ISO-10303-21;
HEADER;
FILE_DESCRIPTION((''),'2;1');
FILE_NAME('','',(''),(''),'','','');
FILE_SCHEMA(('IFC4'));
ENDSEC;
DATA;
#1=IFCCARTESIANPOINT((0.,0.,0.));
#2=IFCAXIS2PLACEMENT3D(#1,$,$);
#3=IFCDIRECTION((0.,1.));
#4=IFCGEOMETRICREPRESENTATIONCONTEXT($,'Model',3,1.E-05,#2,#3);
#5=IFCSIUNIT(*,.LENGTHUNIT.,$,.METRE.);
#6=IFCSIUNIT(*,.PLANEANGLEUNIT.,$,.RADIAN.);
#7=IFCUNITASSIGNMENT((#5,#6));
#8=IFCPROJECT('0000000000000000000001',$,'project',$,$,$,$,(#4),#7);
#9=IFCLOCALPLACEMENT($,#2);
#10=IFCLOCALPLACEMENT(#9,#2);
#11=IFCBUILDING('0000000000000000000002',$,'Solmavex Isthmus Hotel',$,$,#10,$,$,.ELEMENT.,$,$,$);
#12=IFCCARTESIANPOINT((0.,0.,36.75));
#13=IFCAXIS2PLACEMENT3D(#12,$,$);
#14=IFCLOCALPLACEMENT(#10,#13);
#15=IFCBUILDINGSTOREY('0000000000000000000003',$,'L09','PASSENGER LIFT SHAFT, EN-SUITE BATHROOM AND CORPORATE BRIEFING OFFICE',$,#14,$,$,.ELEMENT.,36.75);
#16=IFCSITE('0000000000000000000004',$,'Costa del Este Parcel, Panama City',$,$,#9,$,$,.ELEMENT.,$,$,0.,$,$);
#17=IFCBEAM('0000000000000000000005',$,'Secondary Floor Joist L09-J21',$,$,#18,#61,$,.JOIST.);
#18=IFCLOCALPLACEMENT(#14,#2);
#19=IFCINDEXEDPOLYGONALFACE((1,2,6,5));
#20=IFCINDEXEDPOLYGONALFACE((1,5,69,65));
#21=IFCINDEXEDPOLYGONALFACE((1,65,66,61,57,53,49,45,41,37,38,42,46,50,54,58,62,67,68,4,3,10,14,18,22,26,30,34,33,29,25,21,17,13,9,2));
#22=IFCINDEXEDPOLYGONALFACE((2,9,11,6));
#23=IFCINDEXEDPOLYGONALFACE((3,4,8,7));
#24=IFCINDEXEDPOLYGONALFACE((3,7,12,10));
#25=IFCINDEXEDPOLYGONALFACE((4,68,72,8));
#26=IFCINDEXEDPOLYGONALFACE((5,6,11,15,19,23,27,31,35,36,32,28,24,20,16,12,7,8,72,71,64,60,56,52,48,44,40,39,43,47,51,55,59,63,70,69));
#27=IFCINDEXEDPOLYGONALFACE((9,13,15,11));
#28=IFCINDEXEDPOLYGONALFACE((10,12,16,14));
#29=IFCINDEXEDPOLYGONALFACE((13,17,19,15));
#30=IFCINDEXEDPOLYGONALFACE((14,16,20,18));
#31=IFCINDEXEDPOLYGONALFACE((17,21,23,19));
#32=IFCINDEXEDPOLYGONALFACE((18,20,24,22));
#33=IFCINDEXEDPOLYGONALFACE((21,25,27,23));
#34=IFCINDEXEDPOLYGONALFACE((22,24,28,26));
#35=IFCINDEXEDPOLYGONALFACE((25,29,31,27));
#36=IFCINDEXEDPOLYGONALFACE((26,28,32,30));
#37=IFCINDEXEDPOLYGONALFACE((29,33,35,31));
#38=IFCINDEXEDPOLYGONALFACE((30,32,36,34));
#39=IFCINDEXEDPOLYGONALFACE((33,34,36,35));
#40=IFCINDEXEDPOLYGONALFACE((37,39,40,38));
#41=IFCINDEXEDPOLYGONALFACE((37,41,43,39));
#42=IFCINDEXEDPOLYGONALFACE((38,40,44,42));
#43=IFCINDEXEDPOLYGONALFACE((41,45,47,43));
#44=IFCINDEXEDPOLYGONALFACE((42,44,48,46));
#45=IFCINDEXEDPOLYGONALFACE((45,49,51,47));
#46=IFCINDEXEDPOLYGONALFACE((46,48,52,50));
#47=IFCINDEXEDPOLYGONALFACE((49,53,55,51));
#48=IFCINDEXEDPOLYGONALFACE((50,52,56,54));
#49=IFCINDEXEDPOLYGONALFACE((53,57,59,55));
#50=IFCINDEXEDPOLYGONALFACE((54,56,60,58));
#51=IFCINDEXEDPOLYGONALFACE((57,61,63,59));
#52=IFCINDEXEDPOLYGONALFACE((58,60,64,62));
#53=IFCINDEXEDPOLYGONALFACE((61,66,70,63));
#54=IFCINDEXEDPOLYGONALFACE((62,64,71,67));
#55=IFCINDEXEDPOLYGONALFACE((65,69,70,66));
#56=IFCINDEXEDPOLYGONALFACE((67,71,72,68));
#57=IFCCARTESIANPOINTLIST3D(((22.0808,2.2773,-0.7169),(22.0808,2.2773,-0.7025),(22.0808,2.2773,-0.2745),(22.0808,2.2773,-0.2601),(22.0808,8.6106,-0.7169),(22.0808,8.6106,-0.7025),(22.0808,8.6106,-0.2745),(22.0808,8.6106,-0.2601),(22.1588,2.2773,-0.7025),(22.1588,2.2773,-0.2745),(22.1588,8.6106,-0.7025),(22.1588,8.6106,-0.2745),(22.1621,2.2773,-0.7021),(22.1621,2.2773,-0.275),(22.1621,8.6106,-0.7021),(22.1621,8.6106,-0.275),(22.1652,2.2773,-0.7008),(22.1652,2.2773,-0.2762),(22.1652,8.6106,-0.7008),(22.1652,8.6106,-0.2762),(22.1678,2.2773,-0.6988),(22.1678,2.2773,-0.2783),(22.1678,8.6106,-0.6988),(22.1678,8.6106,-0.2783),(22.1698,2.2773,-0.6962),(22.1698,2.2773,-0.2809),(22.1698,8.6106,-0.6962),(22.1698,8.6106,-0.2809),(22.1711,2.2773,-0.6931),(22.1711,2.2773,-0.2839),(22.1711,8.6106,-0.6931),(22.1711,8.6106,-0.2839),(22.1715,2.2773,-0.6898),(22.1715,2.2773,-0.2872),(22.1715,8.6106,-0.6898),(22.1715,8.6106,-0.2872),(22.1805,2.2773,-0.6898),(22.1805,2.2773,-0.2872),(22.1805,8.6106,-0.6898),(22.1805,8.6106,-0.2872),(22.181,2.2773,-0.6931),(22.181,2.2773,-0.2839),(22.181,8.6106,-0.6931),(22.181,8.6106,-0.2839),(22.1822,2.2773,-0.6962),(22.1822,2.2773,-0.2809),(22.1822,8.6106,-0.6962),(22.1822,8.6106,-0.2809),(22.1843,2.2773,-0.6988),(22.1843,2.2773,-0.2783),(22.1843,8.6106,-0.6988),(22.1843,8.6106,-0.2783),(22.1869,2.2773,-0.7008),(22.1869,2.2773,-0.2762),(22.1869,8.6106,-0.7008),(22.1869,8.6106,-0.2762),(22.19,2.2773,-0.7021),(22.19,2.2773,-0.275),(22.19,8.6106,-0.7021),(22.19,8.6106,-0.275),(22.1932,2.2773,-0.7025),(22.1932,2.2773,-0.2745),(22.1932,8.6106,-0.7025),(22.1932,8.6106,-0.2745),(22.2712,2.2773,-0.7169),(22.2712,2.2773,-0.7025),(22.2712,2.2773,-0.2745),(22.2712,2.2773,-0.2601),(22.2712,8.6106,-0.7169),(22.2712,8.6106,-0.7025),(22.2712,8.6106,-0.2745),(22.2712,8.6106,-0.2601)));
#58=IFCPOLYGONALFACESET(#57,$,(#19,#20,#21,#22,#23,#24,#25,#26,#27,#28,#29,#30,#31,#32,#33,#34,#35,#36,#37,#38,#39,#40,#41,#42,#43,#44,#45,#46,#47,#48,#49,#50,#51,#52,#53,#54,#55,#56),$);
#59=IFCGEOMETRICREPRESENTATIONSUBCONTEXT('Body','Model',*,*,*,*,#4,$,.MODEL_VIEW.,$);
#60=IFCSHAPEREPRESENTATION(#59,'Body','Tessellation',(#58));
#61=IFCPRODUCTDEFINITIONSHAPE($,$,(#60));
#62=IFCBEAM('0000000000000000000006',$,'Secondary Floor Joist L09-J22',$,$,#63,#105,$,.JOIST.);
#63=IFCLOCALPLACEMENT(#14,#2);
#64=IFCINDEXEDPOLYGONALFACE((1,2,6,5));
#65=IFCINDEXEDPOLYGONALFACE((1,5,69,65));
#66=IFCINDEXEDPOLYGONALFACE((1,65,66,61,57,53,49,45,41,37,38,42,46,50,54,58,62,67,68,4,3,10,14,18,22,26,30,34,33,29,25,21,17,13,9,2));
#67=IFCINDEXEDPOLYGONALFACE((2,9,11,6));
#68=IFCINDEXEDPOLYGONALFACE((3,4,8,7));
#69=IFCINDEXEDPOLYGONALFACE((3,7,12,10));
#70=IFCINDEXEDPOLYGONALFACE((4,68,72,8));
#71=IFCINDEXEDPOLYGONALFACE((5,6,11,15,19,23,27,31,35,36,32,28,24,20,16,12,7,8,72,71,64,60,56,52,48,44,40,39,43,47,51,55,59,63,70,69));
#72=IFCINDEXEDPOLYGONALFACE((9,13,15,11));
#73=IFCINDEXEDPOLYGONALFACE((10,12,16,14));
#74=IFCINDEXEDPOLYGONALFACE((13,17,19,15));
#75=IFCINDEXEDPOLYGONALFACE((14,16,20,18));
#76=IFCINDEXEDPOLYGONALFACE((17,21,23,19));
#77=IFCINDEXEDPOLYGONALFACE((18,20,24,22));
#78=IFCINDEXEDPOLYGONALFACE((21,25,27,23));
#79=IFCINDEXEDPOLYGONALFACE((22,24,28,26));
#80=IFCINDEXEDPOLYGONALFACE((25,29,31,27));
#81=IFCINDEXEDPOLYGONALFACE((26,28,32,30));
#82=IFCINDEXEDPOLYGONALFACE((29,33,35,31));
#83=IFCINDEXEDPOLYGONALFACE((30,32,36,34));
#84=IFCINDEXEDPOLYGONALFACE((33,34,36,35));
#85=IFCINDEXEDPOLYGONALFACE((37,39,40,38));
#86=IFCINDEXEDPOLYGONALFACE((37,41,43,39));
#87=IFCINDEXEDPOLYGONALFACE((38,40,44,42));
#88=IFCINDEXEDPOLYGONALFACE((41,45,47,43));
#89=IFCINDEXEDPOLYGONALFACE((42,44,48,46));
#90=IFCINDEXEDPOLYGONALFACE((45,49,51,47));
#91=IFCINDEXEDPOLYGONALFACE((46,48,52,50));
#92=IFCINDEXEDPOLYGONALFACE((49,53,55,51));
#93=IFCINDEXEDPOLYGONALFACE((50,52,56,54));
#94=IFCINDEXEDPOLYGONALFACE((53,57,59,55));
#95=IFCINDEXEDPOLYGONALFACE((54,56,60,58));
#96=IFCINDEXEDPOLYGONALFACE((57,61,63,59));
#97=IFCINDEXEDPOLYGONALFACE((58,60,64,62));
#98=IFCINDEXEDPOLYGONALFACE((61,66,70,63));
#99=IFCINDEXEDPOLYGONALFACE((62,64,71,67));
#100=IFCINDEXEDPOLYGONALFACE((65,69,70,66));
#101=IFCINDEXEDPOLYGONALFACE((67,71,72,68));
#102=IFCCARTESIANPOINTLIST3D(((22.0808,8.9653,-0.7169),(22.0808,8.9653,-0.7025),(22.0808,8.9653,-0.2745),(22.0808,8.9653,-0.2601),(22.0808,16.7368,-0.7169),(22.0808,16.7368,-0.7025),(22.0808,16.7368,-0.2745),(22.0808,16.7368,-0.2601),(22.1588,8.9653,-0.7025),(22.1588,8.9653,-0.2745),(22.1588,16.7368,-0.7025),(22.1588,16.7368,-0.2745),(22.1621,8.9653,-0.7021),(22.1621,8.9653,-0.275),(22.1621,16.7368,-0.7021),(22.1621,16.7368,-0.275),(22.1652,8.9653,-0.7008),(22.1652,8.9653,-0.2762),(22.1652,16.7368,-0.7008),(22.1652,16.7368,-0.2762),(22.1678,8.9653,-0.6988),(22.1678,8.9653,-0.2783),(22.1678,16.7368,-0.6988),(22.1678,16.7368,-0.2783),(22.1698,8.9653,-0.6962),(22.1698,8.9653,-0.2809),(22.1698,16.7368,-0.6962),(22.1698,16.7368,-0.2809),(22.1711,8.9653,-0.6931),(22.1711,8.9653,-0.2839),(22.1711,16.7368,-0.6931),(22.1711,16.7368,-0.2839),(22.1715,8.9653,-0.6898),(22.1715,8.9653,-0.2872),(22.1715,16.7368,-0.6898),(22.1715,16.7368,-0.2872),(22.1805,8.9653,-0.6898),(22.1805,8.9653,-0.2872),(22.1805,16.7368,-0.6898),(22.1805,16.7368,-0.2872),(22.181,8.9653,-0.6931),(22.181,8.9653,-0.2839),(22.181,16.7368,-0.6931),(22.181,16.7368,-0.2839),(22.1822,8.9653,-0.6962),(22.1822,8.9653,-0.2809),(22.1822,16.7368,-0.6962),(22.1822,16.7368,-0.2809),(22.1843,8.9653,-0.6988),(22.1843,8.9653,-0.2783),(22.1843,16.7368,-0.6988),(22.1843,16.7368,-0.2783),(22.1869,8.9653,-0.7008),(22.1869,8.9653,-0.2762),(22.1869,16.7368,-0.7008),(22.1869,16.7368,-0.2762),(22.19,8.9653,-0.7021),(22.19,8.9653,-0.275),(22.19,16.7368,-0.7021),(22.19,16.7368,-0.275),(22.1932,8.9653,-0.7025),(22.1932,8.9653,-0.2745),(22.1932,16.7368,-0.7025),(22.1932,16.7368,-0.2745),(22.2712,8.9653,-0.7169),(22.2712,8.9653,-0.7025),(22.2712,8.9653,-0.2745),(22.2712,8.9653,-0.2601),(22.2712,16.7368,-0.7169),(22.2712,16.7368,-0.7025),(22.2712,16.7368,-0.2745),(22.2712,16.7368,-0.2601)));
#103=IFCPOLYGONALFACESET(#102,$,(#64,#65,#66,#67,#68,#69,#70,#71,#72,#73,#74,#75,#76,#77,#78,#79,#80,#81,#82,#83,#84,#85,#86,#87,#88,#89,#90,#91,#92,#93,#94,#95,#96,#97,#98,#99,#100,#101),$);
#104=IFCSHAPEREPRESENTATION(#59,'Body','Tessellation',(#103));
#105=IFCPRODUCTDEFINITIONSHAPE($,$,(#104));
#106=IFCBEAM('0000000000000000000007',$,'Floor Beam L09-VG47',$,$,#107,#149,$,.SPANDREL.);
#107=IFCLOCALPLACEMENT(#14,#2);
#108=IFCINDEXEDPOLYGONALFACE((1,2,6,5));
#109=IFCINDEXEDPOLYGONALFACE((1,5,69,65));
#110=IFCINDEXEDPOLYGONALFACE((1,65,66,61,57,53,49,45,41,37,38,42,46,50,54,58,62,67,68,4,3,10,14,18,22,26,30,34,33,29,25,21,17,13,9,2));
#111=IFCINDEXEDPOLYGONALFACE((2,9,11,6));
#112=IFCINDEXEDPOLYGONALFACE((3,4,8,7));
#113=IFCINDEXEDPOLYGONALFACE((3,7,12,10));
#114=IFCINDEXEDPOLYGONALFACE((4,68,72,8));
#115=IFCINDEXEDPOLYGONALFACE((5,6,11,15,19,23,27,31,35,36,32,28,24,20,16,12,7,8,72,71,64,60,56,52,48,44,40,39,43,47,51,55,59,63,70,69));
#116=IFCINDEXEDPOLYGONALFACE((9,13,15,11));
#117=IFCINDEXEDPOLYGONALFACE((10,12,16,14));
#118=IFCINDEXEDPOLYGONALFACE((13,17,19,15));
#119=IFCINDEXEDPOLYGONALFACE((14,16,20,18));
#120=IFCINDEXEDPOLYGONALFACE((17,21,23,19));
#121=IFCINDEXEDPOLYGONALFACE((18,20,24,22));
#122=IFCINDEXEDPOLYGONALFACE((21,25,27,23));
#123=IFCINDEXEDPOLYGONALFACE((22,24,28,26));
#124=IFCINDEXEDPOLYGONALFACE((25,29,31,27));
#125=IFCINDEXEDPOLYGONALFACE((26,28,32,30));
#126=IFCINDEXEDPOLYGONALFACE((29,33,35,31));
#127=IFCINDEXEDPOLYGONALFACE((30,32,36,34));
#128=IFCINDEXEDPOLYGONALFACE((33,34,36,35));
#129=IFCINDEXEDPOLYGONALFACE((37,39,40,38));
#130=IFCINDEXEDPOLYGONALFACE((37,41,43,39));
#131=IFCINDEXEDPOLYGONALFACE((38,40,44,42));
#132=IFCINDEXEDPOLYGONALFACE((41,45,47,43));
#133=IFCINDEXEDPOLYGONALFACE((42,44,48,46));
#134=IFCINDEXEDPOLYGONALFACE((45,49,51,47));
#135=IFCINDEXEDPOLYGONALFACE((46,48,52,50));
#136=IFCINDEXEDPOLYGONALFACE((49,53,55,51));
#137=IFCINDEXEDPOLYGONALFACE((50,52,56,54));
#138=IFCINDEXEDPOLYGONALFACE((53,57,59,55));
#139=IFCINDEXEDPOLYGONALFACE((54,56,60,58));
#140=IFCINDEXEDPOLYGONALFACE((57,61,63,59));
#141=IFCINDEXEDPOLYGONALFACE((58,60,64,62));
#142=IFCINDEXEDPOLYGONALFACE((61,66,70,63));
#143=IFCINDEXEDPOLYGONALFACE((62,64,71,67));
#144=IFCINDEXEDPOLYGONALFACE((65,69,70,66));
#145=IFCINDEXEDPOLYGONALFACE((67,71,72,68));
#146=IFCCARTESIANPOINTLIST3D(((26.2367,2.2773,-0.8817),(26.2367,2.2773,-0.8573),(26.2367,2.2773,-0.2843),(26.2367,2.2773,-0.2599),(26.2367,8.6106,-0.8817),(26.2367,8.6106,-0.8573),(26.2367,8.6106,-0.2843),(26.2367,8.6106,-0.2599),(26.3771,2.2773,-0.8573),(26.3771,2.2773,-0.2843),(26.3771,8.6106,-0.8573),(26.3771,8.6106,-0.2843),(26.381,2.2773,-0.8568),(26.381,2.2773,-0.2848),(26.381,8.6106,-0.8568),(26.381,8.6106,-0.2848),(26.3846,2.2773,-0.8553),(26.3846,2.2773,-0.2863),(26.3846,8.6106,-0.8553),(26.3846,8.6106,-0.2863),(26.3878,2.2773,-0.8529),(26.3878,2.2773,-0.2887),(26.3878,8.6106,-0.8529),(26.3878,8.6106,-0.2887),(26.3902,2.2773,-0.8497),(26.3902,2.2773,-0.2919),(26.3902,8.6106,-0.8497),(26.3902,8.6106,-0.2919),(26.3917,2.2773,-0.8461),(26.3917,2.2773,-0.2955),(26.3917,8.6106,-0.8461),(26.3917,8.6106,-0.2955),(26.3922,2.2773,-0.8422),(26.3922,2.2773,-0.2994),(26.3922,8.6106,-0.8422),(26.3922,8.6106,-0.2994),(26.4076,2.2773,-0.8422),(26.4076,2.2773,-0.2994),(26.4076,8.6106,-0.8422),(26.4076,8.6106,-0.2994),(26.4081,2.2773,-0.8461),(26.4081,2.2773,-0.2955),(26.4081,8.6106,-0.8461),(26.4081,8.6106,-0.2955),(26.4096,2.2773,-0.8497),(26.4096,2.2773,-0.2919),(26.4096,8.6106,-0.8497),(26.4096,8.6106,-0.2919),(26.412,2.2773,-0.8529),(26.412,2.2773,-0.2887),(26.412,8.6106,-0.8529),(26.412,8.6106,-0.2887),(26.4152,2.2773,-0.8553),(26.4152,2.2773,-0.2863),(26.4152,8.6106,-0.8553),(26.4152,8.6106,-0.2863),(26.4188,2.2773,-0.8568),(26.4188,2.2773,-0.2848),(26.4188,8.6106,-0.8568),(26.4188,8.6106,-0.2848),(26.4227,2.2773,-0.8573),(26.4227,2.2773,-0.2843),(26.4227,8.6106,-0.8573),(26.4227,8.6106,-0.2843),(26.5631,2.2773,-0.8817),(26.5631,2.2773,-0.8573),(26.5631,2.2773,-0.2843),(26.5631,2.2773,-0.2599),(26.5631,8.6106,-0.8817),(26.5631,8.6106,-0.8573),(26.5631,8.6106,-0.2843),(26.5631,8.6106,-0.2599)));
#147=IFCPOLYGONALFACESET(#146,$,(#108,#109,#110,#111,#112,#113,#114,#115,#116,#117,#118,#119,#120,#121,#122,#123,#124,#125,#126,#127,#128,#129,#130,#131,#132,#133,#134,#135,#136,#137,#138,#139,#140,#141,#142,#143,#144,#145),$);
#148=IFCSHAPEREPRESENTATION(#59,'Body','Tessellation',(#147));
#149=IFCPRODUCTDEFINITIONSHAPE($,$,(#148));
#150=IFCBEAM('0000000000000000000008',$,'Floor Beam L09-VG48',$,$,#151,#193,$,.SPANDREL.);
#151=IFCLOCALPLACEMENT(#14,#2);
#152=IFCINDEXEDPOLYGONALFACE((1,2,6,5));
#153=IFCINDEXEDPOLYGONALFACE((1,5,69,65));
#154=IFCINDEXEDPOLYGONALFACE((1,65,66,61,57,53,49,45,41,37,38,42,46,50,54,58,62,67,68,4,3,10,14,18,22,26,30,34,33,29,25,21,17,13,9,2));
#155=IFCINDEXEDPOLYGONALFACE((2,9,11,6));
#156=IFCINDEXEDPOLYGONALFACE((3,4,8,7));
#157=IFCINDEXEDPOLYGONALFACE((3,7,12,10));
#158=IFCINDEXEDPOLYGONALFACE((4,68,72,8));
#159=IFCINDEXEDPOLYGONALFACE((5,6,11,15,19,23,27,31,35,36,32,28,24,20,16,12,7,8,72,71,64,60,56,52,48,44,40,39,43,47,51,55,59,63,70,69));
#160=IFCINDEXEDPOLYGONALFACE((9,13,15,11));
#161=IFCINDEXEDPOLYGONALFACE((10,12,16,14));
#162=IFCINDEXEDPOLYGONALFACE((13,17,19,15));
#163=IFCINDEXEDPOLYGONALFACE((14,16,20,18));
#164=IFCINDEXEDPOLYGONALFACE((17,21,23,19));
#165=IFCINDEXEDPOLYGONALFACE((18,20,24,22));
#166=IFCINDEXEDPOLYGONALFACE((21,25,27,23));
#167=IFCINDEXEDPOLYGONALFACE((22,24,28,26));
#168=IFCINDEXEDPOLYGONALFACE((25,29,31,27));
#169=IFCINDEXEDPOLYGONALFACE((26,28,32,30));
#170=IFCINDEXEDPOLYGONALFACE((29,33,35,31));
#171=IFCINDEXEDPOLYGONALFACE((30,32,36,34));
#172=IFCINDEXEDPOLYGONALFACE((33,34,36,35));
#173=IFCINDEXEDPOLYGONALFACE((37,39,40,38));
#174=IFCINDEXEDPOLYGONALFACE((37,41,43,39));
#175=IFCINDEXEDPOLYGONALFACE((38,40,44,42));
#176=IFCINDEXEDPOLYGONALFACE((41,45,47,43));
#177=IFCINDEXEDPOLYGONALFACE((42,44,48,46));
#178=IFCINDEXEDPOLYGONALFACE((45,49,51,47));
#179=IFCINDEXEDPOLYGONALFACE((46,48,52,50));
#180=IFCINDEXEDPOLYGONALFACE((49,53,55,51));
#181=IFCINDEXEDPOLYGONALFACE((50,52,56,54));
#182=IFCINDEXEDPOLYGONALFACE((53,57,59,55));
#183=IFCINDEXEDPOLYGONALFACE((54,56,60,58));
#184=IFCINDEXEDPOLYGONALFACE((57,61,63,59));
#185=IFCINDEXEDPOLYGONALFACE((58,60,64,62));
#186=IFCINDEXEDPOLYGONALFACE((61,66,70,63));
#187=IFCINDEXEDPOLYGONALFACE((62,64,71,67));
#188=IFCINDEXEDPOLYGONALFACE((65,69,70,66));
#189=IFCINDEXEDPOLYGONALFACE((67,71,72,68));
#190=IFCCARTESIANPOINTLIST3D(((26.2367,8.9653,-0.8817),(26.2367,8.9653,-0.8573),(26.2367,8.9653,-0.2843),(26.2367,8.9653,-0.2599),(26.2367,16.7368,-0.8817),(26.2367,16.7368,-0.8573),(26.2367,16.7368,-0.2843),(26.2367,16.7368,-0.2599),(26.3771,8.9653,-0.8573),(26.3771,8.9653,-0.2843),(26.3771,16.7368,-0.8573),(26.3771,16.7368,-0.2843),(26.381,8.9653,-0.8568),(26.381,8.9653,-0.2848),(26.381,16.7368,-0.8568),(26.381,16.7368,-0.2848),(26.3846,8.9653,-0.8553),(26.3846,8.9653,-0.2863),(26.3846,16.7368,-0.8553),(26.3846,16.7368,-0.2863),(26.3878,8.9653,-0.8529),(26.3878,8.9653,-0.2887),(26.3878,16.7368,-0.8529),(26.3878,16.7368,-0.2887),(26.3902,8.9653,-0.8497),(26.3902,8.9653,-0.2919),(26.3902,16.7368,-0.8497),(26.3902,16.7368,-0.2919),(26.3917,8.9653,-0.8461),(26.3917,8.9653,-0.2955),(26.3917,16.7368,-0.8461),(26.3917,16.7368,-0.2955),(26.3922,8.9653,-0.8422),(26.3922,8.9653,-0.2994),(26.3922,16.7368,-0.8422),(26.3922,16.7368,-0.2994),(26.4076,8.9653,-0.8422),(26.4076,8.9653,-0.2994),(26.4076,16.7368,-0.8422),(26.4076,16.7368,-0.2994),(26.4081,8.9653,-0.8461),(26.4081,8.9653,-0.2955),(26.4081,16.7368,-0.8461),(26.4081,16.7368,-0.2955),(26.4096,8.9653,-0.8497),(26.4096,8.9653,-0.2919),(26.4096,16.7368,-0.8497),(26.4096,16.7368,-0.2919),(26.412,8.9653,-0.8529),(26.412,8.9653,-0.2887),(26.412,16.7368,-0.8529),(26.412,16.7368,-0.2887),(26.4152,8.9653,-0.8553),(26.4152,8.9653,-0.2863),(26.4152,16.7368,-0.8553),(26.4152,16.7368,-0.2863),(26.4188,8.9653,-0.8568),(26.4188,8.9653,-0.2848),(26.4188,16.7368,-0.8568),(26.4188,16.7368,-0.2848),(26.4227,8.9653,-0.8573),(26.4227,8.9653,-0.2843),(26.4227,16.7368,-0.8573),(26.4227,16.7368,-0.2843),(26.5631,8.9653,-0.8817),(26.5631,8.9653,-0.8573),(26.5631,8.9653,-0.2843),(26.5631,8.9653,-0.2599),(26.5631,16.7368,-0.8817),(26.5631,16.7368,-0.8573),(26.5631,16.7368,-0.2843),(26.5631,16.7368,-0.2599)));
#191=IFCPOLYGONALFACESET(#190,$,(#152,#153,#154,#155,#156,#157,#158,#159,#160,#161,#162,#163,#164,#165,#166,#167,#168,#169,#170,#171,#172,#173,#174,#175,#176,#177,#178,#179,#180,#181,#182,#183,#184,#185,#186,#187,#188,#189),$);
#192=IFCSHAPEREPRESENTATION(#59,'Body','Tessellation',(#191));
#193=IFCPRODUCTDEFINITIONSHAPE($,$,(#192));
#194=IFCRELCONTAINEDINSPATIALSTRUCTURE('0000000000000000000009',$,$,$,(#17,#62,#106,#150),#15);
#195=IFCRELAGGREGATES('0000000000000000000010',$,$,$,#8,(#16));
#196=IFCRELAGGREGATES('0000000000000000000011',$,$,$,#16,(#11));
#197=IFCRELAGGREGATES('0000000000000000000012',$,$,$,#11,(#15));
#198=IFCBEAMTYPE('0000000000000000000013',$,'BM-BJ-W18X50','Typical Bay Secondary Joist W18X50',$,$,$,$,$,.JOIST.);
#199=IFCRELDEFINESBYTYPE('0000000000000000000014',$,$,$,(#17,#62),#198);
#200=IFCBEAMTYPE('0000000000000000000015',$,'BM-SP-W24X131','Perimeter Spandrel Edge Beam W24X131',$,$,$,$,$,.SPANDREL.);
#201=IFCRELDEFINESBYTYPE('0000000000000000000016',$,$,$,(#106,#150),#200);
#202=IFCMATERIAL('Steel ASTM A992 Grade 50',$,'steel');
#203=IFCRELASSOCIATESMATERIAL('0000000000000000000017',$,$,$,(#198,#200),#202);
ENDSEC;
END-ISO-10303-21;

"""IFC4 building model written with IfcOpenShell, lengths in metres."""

from ifc_helpers import new_model, si_unit, direction, frame, origin, origin_2d, place, context, subcontext, project, spatial, i_section, extrude, material, material_profile, profile_set, type_object, element, save


model = new_model("IFC4")

# Units and contexts
model_context = context("Model", 3, precision=1e-05, world=origin(), true_north=direction((0.0, 1.0)))
body_context = subcontext(model_context, "Body", "Model", "MODEL_VIEW")
ifc_project = project(units=[si_unit("LENGTHUNIT", "METRE"), si_unit("PLANEANGLEUNIT", "RADIAN")], contexts=[model_context])

# Site, building, storey
site_placement = place(None, origin())
site = spatial("IfcSite", under=ifc_project, at=site_placement, Name="Costa del Este Parcel, Panama City", CompositionType="ELEMENT", RefElevation=0.0)
building_placement = place(site_placement, origin())
building = spatial("IfcBuilding", under=site, at=building_placement, Name="Solmavex Isthmus Hotel", CompositionType="ELEMENT")
storey_placement = place(building_placement, frame((0.0, 0.0, 36.75)))
storey = spatial("IfcBuildingStorey", under=building, at=storey_placement, Name="L09", Description="PASSENGER LIFT SHAFT, EN-SUITE BATHROOM AND CORPORATE BRIEFING OFFICE", CompositionType="ELEMENT", Elevation=36.75)

# Beams
ifc_material_1 = material(Name="Steel ASTM A992 Grade 50", Category="steel")
ifc_material_profile_1 = material_profile(ifc_material_1, i_section(OverallWidth=0.1904, OverallDepth=0.4568, WebThickness=0.009, FlangeThickness=0.0144, FilletRadius=0.0127, at=origin_2d()), Name="W18X50")
ifc_profile_set_1 = profile_set([ifc_material_profile_1], Name="Steel ASTM A992 Grade 50")
beam_type_1 = type_object("IfcBeamType", Name="BM-BJ-W18X50", Description="Typical Bay Secondary Joist W18X50", PredefinedType="JOIST", material=ifc_profile_set_1)
beam_1_placement = place(storey_placement, frame((22.176, 2.2773, -0.4885), z_axis=(0.0, 1.0, 0.0), x_axis=(-1.0, 0.0, 0.0)))
element("IfcBeam", 1, at=beam_1_placement, inside=storey, type_object=beam_type_1, Name="Secondary Floor Joist L09-J21", PredefinedType="JOIST", context=body_context, shape_type="SweptSolid", body=[
    extrude(i_section(OverallWidth=0.1904, OverallDepth=0.4568, WebThickness=0.009, FlangeThickness=0.0144, FilletRadius=0.0127, at=origin_2d()), origin(), (0.0, 0.0, 1.0), 6.3333),
])
beam_2_placement = place(storey_placement, frame((22.176, 8.9653, -0.4885), z_axis=(0.0, 1.0, 0.0), x_axis=(-1.0, 0.0, 0.0)))
element("IfcBeam", 2, at=beam_2_placement, inside=storey, type_object=beam_type_1, Name="Secondary Floor Joist L09-J22", PredefinedType="JOIST", context=body_context, shape_type="SweptSolid", body=[
    extrude(i_section(OverallWidth=0.1904, OverallDepth=0.4568, WebThickness=0.009, FlangeThickness=0.0144, FilletRadius=0.0127, at=origin_2d()), origin(), (0.0, 0.0, 1.0), 7.7715),
])
ifc_material_profile_2 = material_profile(ifc_material_1, i_section(OverallWidth=0.3264, OverallDepth=0.6218, WebThickness=0.0154, FlangeThickness=0.0244, FilletRadius=0.0151, at=origin_2d()), Name="W24X131")
ifc_profile_set_2 = profile_set([ifc_material_profile_2], Name="Steel ASTM A992 Grade 50")
beam_type_2 = type_object("IfcBeamType", Name="BM-SP-W24X131", Description="Perimeter Spandrel Edge Beam W24X131", PredefinedType="SPANDREL", material=ifc_profile_set_2)
beam_3_placement = place(storey_placement, frame((26.3999, 2.2773, -0.5708), z_axis=(0.0, 1.0, 0.0), x_axis=(-1.0, 0.0, 0.0)))
element("IfcBeam", 3, at=beam_3_placement, inside=storey, type_object=beam_type_2, Name="Floor Beam L09-VG47", PredefinedType="SPANDREL", context=body_context, shape_type="SweptSolid", body=[
    extrude(i_section(OverallWidth=0.3264, OverallDepth=0.6218, WebThickness=0.0154, FlangeThickness=0.0244, FilletRadius=0.0151, at=origin_2d()), origin(), (0.0, 0.0, 1.0), 6.3333),
])
beam_4_placement = place(storey_placement, frame((26.3999, 8.9653, -0.5708), z_axis=(0.0, 1.0, 0.0), x_axis=(-1.0, 0.0, 0.0)))
element("IfcBeam", 4, at=beam_4_placement, inside=storey, type_object=beam_type_2, Name="Floor Beam L09-VG48", PredefinedType="SPANDREL", context=body_context, shape_type="SweptSolid", body=[
    extrude(i_section(OverallWidth=0.3264, OverallDepth=0.6218, WebThickness=0.0154, FlangeThickness=0.0244, FilletRadius=0.0151, at=origin_2d()), origin(), (0.0, 0.0, 1.0), 7.7715),
])

save(model, "model.ifc")
